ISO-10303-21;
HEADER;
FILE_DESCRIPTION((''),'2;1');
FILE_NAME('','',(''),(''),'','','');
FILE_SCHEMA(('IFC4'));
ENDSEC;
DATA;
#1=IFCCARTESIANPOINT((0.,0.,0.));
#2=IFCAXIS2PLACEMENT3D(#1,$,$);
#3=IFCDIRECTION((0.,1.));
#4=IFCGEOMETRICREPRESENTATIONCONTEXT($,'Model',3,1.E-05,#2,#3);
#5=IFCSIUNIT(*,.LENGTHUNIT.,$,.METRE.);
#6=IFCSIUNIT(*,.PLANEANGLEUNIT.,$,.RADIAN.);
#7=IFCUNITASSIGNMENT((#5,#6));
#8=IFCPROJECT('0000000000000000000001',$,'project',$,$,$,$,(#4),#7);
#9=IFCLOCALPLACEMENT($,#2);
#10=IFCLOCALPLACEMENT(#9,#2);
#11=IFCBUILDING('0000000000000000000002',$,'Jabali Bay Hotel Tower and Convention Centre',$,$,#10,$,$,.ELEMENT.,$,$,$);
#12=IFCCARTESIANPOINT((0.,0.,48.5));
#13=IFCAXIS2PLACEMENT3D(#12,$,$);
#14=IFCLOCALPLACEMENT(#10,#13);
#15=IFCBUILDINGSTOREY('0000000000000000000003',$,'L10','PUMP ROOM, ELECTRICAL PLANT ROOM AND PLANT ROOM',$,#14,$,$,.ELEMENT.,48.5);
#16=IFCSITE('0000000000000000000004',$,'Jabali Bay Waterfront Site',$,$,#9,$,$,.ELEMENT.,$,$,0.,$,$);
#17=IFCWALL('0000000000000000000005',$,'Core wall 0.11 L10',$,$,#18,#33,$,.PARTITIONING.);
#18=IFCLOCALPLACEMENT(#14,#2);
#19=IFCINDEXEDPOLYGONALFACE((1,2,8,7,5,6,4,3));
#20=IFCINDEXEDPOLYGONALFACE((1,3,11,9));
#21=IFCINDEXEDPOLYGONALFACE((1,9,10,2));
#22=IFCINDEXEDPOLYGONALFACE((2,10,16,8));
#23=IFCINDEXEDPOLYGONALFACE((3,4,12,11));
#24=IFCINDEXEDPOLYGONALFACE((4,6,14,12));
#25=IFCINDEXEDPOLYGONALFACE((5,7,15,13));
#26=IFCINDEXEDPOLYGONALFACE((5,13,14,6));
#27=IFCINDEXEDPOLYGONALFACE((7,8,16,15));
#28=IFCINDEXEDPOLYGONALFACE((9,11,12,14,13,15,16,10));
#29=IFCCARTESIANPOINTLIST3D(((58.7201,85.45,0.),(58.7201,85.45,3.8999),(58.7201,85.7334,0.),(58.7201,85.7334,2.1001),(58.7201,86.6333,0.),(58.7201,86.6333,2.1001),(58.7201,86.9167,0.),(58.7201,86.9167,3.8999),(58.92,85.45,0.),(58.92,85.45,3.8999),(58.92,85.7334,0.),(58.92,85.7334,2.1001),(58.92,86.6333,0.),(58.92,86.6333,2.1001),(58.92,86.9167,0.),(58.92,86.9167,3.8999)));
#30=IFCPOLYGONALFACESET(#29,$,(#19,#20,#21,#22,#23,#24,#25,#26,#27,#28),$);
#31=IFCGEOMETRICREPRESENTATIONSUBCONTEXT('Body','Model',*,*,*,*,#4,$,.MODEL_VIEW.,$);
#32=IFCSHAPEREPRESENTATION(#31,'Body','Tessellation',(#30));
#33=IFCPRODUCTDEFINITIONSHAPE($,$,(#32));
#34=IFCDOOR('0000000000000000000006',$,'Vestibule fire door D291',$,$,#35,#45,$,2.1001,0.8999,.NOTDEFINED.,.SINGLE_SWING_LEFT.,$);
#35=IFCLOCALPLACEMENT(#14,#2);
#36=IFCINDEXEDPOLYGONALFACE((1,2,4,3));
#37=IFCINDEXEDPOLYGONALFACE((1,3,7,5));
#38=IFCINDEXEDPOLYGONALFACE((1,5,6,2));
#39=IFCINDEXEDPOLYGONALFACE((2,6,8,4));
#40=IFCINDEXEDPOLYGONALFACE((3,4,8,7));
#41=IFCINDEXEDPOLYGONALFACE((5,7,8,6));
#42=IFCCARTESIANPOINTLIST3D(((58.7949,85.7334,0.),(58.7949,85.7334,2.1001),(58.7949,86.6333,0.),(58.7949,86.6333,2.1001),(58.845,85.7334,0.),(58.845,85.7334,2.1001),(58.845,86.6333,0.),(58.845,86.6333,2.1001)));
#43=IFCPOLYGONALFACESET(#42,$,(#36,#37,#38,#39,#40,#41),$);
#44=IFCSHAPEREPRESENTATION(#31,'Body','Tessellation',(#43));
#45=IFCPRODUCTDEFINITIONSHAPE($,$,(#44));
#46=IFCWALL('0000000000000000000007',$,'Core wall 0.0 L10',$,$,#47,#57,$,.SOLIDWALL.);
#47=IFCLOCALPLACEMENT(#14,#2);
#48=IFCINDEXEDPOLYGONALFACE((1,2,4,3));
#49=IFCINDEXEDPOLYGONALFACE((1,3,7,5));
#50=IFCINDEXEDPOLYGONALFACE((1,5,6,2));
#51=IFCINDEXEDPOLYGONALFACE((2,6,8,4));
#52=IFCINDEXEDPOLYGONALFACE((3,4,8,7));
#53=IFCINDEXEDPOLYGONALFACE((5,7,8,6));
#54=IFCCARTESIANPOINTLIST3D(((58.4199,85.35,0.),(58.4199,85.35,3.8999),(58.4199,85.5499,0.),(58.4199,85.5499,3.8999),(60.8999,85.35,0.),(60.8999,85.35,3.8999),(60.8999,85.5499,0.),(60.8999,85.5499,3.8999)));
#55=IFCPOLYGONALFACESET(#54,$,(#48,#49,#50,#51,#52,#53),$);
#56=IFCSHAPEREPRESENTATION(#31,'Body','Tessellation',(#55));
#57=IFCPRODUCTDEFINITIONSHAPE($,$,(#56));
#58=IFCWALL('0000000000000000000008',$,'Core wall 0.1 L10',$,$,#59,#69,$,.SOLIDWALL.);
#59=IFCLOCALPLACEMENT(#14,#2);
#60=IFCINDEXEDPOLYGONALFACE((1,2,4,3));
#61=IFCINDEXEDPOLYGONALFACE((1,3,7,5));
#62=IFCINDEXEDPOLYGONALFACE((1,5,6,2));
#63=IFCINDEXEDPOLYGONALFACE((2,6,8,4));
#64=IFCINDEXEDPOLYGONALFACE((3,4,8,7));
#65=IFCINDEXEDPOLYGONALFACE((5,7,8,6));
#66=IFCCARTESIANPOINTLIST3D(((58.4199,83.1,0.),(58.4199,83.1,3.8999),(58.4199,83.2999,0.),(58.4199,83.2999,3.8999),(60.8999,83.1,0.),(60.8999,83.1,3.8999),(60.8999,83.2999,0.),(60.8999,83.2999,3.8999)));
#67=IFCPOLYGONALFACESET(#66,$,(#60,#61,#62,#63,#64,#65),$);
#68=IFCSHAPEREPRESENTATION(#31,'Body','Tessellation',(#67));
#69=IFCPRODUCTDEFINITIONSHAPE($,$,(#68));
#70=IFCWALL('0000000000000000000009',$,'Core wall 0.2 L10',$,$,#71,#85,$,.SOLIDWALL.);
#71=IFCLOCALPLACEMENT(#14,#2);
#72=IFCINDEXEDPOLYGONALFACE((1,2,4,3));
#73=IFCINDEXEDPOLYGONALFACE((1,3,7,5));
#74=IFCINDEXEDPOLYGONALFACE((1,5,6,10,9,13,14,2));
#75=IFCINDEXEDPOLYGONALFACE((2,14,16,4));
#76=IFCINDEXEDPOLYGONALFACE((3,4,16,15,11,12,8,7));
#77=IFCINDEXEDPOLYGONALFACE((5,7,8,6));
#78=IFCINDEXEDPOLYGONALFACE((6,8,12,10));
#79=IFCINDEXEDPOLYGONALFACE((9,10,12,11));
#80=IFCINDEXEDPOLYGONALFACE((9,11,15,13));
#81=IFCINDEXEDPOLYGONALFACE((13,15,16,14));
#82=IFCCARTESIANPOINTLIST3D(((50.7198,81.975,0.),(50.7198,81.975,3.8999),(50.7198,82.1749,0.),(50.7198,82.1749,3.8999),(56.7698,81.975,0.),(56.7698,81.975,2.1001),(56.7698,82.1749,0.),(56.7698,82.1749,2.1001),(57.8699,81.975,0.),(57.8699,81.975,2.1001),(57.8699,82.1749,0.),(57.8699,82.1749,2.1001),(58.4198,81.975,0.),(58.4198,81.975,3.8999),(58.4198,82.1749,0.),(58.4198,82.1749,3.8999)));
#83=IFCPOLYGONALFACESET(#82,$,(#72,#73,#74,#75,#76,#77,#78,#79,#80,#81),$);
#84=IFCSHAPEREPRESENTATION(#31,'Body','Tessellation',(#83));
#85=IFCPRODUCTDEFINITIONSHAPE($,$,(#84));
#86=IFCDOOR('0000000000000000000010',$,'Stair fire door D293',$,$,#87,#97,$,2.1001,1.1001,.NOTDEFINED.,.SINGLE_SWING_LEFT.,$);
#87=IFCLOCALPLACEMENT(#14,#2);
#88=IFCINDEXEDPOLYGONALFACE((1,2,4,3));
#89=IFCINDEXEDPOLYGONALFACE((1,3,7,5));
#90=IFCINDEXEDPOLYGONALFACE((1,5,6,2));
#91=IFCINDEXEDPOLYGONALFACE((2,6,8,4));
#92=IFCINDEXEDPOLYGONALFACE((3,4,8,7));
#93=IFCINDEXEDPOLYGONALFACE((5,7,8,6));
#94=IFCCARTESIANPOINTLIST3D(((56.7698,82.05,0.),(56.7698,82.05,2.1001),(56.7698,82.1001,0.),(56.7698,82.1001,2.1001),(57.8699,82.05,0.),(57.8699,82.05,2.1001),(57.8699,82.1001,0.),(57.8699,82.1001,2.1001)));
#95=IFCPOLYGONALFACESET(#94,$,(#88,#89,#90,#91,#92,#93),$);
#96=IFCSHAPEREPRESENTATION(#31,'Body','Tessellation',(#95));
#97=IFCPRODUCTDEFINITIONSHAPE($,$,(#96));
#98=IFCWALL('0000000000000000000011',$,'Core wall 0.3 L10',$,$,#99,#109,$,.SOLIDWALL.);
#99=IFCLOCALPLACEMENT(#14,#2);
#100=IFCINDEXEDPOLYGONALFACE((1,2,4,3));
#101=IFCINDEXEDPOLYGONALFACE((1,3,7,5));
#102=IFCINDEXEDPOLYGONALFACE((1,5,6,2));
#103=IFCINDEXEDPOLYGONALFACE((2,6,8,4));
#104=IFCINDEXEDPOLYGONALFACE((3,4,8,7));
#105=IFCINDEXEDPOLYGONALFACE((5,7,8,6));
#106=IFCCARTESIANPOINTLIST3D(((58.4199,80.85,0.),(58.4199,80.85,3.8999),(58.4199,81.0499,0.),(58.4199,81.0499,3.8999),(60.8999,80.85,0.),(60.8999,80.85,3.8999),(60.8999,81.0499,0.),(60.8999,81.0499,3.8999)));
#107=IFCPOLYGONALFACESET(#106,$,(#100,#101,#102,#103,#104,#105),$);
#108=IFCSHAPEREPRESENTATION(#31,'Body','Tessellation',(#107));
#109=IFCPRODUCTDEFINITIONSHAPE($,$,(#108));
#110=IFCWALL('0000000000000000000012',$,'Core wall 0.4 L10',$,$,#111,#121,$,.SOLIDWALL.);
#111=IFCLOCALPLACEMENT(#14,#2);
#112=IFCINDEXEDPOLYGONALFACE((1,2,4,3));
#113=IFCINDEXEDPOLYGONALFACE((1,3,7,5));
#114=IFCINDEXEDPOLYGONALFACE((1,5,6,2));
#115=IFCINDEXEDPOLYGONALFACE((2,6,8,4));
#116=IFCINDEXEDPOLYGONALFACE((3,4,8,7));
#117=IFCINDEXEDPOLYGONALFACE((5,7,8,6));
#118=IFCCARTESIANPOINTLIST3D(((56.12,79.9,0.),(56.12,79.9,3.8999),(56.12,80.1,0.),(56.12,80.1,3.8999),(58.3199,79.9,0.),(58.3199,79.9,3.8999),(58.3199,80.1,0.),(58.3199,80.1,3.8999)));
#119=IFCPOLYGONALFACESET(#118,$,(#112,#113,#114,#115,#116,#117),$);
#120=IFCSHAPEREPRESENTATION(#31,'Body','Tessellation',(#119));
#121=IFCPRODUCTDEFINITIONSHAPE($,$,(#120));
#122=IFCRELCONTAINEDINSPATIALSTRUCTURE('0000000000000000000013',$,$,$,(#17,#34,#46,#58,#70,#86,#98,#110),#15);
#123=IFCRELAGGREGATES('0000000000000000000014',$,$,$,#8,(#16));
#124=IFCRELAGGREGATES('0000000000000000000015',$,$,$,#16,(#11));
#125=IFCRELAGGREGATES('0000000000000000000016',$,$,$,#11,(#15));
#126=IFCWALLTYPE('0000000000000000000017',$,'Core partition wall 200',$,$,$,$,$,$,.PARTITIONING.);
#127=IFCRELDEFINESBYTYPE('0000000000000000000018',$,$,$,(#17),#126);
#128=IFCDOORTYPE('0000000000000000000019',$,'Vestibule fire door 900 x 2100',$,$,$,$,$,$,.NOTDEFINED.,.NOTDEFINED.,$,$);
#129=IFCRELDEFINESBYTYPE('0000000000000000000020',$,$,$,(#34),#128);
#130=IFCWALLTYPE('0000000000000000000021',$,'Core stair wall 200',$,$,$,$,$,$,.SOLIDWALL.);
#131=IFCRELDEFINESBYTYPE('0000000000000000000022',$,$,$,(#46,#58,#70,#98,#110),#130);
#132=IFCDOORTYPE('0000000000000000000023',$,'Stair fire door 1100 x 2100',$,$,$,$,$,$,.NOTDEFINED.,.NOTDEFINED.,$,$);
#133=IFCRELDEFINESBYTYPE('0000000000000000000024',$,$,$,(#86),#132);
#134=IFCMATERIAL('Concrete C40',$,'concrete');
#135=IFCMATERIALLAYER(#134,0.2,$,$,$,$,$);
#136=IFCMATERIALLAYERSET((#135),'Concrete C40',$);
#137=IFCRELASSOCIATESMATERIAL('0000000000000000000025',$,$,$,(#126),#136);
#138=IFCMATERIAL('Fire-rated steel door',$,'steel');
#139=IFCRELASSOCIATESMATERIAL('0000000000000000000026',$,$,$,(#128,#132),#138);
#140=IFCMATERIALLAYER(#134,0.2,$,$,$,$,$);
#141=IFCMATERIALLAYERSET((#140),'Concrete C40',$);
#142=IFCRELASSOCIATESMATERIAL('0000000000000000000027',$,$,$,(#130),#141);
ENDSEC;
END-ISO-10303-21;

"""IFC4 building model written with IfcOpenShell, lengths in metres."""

from ifc_helpers import new_model, si_unit, direction, frame, frame_2d, origin, place, context, subcontext, project, spatial, rectangle, extrude, material, layer, layer_set, type_object, element, fill, save


model = new_model("IFC4")

# Units and contexts
model_context = context("Model", 3, precision=1e-05, world=origin(), true_north=direction((0.0, 1.0)))
body_context = subcontext(model_context, "Body", "Model", "MODEL_VIEW")
ifc_project = project(units=[si_unit("LENGTHUNIT", "METRE"), si_unit("PLANEANGLEUNIT", "RADIAN")], contexts=[model_context])

# Site, building, storey
site_placement = place(None, origin())
site = spatial("IfcSite", under=ifc_project, at=site_placement, Name="Jabali Bay Waterfront Site", CompositionType="ELEMENT", RefElevation=0.0)
building_placement = place(site_placement, origin())
building = spatial("IfcBuilding", under=site, at=building_placement, Name="Jabali Bay Hotel Tower and Convention Centre", CompositionType="ELEMENT")
storey_placement = place(building_placement, frame((0.0, 0.0, 48.5)))
storey = spatial("IfcBuildingStorey", under=building, at=storey_placement, Name="L10", Description="PUMP ROOM, ELECTRICAL PLANT ROOM AND PLANT ROOM", CompositionType="ELEMENT", Elevation=48.5)

# Wall, opening, door
ifc_material_1 = material(Name="Concrete C40", Category="concrete")
ifc_layer_1 = layer(ifc_material_1, 0.2)
ifc_layer_set_1 = layer_set([ifc_layer_1], Name="Concrete C40")
wall_type_1 = type_object("IfcWallType", Name="Core partition wall 200", PredefinedType="PARTITIONING", material=ifc_layer_set_1)
wall_1_placement = place(storey_placement, frame((58.8201, 86.9167, 0.0), z_axis=(0.0, 0.0, 1.0), x_axis=(0.0, -1.0, 0.0)))
wall_1 = element("IfcWall", 1, at=wall_1_placement, inside=storey, type_object=wall_type_1, Name="Core wall 0.11 L10", PredefinedType="PARTITIONING", context=body_context, shape_type="SweptSolid", body=[
    extrude(rectangle(XDim=1.4668, YDim=0.2, at=frame_2d((0.7334, 0.0))), origin(), (0.0, 0.0, 1.0), 3.8999),
])
opening_1_placement = place(wall_1_placement, frame((0.2834, 0.0, 0.0)))
opening_1 = element("IfcOpeningElement", 2, at=opening_1_placement, cuts=wall_1, PredefinedType="OPENING", context=body_context, shape_type="SweptSolid", body=[
    extrude(rectangle(XDim=0.8999, YDim=2.1001, at=frame_2d((0.45, 1.05))), frame((0.0, 0.1104, 0.0), z_axis=(0.0, -1.0, 0.0), x_axis=(1.0, 0.0, 0.0)), (0.0, 0.0, 1.0), 0.2209),
])
ifc_material_2 = material(Name="Fire-rated steel door", Category="steel")
door_type_1 = type_object("IfcDoorType", Name="Vestibule fire door 900 x 2100", OperationType="NOTDEFINED", PredefinedType="NOTDEFINED", material=ifc_material_2)
door_1_placement = place(opening_1_placement, origin())
door_1 = element("IfcDoor", 3, at=door_1_placement, inside=storey, type_object=door_type_1, Name="Vestibule fire door D291", OperationType="SINGLE_SWING_LEFT", OverallHeight=2.1001, OverallWidth=0.8999, PredefinedType="NOTDEFINED", context=body_context, shape_type="SweptSolid", body=[
    extrude(rectangle(XDim=0.8999, YDim=2.1001, at=frame_2d((0.45, 1.05))), frame((0.0, 0.0249, 0.0), z_axis=(0.0, -1.0, 0.0), x_axis=(1.0, 0.0, 0.0)), (0.0, 0.0, 1.0), 0.05),
])
fill(opening_1, door_1)

# Walls
ifc_layer_2 = layer(ifc_material_1, 0.2)
ifc_layer_set_2 = layer_set([ifc_layer_2], Name="Concrete C40")
wall_type_2 = type_object("IfcWallType", Name="Core stair wall 200", PredefinedType="SOLIDWALL", material=ifc_layer_set_2)
for number, where, z_axis, x_axis, name in (
    (4, (60.8999, 85.45, 0.0), (0.0, 0.0, 1.0), (-1.0, 0.0, 0.0), "Core wall 0.0 L10"),
    (5, (60.8999, 83.2, 0.0), (0.0, 0.0, 1.0), (-1.0, 0.0, 0.0), "Core wall 0.1 L10"),
):
    element("IfcWall", number, at=place(storey_placement, frame(where, z_axis=z_axis, x_axis=x_axis)), inside=storey, type_object=wall_type_2, Name=name, PredefinedType="SOLIDWALL", context=body_context, shape_type="SweptSolid", body=[
        extrude(rectangle(XDim=2.48, YDim=0.2, at=frame_2d((1.24, 0.0))), origin(), (0.0, 0.0, 1.0), 3.8999),
    ])

# Wall, opening, door
wall_2_placement = place(storey_placement, frame((58.4199, 82.075, 0.0), z_axis=(0.0, 0.0, 1.0), x_axis=(-1.0, 0.0, 0.0)))
wall_2 = element("IfcWall", 6, at=wall_2_placement, inside=storey, type_object=wall_type_2, Name="Core wall 0.2 L10", PredefinedType="SOLIDWALL", context=body_context, shape_type="SweptSolid", body=[
    extrude(rectangle(XDim=7.7, YDim=0.2, at=frame_2d((3.8501, 0.0))), origin(), (0.0, 0.0, 1.0), 3.8999),
])
opening_2_placement = place(wall_2_placement, frame((0.55, 0.0, 0.0)))
opening_2 = element("IfcOpeningElement", 7, at=opening_2_placement, cuts=wall_2, PredefinedType="OPENING", context=body_context, shape_type="SweptSolid", body=[
    extrude(rectangle(XDim=1.1001, YDim=2.1001, at=frame_2d((0.55, 1.05))), frame((0.0, 0.1104, 0.0), z_axis=(0.0, -1.0, 0.0), x_axis=(1.0, 0.0, 0.0)), (0.0, 0.0, 1.0), 0.2209),
])
door_type_2 = type_object("IfcDoorType", Name="Stair fire door 1100 x 2100", OperationType="NOTDEFINED", PredefinedType="NOTDEFINED", material=ifc_material_2)
door_2_placement = place(opening_2_placement, origin())
door_2 = element("IfcDoor", 8, at=door_2_placement, inside=storey, type_object=door_type_2, Name="Stair fire door D293", OperationType="SINGLE_SWING_LEFT", OverallHeight=2.1001, OverallWidth=1.1001, PredefinedType="NOTDEFINED", context=body_context, shape_type="SweptSolid", body=[
    extrude(rectangle(XDim=1.1001, YDim=2.1001, at=frame_2d((0.55, 1.05))), frame((0.0, 0.0249, 0.0), z_axis=(0.0, -1.0, 0.0), x_axis=(1.0, 0.0, 0.0)), (0.0, 0.0, 1.0), 0.05),
])
fill(opening_2, door_2)

# Walls
wall_3_placement = place(storey_placement, frame((60.8999, 80.95, 0.0), z_axis=(0.0, 0.0, 1.0), x_axis=(-1.0, 0.0, 0.0)))
element("IfcWall", 9, at=wall_3_placement, inside=storey, type_object=wall_type_2, Name="Core wall 0.3 L10", PredefinedType="SOLIDWALL", context=body_context, shape_type="SweptSolid", body=[
    extrude(rectangle(XDim=2.48, YDim=0.2, at=frame_2d((1.24, 0.0))), origin(), (0.0, 0.0, 1.0), 3.8999),
])
wall_4_placement = place(storey_placement, frame((58.3201, 80.0, 0.0), z_axis=(0.0, 0.0, 1.0), x_axis=(-1.0, 0.0, 0.0)))
element("IfcWall", 10, at=wall_4_placement, inside=storey, type_object=wall_type_2, Name="Core wall 0.4 L10", PredefinedType="SOLIDWALL", context=body_context, shape_type="SweptSolid", body=[
    extrude(rectangle(XDim=2.2, YDim=0.2, at=frame_2d((1.1001, 0.0))), origin(), (0.0, 0.0, 1.0), 3.8999),
])

save(model, "model.ifc")
